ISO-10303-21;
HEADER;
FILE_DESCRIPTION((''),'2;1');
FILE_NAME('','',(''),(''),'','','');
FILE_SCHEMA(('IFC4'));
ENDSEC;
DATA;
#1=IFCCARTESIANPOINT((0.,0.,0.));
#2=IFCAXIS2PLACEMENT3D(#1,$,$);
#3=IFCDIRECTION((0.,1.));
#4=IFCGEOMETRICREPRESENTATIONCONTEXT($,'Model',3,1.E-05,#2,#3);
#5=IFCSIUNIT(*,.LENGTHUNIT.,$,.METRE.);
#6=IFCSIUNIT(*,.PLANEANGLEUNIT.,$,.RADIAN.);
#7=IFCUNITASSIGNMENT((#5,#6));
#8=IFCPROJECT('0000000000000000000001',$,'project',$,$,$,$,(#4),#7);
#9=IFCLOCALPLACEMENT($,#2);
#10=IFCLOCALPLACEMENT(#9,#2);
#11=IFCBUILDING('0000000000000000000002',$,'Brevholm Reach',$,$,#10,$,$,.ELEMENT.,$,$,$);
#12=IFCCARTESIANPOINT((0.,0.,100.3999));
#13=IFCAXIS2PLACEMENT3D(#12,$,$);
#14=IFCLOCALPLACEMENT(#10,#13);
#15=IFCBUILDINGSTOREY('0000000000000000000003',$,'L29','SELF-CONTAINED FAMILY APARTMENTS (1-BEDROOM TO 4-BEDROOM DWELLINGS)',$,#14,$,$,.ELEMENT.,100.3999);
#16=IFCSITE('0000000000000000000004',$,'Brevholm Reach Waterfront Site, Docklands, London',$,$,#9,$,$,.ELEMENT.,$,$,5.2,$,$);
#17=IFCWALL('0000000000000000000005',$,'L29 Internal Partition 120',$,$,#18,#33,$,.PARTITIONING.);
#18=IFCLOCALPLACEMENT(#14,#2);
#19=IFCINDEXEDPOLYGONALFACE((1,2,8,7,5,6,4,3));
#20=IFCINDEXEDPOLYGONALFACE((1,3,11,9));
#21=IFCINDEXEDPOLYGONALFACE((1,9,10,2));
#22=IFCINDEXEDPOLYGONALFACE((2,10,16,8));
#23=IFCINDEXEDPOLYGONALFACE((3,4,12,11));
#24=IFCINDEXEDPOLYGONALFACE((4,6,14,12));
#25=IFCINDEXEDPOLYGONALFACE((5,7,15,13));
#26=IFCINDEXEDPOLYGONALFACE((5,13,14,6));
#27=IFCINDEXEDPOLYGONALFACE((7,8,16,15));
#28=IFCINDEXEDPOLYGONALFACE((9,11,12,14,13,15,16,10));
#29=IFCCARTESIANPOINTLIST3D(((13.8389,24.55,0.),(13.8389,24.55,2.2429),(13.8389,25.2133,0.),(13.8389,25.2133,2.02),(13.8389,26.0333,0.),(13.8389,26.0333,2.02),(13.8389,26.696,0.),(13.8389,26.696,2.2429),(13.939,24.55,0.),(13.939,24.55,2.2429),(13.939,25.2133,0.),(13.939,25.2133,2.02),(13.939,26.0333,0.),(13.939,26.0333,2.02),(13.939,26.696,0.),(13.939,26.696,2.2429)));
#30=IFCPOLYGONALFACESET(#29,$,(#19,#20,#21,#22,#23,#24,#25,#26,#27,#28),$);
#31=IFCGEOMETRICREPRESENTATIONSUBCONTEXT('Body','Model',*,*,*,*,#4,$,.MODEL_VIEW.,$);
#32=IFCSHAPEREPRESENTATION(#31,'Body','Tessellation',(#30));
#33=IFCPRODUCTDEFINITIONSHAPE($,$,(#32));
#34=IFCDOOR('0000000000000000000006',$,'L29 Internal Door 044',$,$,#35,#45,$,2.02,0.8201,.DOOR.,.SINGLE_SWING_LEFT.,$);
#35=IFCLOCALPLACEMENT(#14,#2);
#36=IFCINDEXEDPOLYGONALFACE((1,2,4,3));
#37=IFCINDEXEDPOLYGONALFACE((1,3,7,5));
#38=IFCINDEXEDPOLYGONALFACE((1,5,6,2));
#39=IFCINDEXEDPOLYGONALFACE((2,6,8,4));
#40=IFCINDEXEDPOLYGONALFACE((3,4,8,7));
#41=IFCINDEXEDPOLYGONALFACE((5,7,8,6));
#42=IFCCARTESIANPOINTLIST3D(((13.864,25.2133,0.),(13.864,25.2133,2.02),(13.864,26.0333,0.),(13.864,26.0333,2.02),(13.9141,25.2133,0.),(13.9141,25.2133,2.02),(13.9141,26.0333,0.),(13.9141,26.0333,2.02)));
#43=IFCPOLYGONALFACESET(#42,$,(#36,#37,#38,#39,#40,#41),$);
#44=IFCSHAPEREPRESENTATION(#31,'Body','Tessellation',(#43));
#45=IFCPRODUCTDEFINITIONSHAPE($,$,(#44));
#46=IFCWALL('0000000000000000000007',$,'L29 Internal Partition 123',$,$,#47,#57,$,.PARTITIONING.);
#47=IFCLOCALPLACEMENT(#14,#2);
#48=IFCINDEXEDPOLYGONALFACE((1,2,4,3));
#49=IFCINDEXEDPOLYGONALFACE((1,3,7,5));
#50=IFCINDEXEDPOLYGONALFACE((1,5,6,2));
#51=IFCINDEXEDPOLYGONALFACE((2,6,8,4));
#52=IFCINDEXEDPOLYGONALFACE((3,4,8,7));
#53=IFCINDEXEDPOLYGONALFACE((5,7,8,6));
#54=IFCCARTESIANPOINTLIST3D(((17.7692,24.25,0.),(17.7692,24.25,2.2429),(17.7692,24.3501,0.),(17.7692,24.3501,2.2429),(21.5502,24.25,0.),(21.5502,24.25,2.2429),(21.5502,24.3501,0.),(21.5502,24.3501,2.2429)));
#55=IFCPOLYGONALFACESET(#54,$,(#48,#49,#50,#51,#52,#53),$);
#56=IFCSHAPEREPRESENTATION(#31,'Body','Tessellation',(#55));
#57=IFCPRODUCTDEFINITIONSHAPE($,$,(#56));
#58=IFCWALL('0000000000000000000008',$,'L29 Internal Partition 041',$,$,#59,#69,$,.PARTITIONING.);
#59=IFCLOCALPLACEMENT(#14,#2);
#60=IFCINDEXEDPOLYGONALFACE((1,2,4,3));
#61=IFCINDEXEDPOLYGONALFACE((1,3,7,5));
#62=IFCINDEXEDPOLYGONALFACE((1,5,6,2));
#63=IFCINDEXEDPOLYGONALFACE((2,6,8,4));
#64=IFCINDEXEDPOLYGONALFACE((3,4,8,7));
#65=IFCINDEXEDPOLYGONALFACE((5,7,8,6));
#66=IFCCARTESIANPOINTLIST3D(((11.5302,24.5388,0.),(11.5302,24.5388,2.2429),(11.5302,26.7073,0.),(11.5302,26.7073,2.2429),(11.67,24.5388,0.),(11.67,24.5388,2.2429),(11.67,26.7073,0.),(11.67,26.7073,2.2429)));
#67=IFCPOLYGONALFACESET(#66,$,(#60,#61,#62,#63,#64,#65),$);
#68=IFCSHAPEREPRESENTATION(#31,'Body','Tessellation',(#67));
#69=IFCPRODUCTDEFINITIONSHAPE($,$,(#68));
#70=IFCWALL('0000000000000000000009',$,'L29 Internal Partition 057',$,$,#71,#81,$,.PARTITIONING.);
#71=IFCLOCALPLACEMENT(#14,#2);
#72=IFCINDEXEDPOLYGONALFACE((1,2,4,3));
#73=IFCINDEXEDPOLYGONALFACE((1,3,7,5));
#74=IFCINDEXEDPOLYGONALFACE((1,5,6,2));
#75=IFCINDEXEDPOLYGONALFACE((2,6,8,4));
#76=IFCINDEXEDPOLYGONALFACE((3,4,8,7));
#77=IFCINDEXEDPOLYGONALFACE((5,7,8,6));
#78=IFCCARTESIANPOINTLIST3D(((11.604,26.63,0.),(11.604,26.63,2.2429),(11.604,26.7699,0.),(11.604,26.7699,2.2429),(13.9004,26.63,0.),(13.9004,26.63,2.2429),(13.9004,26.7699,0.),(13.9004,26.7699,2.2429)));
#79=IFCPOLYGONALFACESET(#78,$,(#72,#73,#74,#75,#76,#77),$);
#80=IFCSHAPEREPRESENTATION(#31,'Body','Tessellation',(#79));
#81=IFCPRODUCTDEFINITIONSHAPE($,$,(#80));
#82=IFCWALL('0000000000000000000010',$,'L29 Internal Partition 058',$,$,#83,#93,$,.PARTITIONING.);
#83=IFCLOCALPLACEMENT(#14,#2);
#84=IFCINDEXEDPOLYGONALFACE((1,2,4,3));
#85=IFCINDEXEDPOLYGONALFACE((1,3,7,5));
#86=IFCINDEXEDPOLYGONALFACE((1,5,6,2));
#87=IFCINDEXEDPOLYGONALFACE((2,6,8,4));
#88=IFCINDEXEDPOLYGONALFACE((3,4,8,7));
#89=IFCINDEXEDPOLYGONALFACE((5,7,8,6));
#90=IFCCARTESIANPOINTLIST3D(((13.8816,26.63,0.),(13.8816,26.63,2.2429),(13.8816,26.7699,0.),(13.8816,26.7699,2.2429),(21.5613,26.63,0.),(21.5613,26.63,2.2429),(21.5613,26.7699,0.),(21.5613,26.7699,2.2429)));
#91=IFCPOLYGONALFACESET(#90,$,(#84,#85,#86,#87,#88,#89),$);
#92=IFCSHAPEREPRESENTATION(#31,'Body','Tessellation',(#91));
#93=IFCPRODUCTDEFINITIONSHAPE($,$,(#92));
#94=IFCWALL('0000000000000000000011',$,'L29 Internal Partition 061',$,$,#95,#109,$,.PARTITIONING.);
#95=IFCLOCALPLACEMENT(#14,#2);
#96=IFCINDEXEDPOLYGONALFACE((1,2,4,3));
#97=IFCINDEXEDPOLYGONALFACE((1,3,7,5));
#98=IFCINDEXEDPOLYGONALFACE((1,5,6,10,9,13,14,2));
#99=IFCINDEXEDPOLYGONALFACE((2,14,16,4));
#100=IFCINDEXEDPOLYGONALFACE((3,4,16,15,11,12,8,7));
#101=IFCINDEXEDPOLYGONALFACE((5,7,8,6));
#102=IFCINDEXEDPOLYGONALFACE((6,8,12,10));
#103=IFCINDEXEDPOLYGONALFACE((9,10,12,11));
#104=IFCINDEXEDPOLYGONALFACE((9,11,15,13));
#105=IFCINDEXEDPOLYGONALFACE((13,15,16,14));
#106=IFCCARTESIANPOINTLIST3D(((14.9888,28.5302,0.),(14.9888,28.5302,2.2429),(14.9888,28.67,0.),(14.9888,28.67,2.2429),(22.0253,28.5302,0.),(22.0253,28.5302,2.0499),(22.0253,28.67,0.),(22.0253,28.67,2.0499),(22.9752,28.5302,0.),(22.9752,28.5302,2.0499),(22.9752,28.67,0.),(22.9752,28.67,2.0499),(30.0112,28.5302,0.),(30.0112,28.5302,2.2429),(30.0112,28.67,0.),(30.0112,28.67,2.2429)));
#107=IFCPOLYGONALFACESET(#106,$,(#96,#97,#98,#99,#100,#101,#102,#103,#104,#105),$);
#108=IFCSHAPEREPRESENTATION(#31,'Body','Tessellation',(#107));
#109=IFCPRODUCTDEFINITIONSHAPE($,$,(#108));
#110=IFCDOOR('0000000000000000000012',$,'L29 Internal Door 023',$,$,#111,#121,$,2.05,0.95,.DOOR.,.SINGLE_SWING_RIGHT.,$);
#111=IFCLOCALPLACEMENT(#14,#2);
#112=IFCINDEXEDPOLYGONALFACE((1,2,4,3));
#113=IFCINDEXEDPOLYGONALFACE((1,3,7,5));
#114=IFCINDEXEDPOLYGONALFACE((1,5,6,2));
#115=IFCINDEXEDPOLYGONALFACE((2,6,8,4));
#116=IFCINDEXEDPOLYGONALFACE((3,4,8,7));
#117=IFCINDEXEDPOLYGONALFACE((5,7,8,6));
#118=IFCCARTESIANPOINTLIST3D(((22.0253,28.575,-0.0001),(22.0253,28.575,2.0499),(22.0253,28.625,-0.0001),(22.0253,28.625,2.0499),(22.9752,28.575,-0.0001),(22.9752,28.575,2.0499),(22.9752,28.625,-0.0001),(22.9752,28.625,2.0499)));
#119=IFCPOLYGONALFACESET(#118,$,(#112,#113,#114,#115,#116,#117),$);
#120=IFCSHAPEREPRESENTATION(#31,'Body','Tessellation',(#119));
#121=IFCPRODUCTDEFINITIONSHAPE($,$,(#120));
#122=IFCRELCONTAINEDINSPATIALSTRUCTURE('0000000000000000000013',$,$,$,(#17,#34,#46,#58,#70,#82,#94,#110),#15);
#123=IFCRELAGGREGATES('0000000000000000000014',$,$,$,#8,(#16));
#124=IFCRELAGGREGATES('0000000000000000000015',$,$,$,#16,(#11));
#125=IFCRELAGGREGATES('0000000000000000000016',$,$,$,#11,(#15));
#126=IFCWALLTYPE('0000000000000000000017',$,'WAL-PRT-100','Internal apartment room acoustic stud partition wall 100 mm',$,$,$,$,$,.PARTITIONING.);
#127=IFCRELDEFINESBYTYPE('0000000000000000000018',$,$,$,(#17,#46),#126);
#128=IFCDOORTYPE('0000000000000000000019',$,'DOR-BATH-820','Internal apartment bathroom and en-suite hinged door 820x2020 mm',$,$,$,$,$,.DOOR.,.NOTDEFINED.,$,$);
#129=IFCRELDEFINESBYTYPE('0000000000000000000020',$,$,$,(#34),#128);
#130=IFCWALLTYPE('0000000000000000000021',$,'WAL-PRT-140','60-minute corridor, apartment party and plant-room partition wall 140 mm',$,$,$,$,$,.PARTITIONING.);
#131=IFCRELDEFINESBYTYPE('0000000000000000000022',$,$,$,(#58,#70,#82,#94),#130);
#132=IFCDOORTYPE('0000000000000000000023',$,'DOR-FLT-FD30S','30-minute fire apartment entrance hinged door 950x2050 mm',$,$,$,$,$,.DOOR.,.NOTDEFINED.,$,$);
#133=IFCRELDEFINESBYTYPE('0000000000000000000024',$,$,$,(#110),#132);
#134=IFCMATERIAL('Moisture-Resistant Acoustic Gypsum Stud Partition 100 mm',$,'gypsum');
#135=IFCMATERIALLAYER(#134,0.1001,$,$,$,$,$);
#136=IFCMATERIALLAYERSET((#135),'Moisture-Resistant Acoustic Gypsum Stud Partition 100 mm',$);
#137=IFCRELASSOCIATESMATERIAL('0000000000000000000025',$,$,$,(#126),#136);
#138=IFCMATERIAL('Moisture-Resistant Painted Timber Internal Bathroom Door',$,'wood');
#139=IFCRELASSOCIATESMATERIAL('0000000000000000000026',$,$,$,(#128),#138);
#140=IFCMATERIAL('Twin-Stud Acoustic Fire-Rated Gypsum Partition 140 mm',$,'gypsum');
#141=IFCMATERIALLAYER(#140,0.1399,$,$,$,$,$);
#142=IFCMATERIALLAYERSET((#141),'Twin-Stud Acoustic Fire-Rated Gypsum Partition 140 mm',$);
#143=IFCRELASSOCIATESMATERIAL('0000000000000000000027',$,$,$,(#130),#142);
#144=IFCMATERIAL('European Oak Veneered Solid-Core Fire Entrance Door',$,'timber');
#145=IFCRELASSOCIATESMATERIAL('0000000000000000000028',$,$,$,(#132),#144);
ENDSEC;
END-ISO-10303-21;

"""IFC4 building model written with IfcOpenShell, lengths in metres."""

from ifc_helpers import new_model, si_unit, direction, frame, frame_2d, origin, place, context, subcontext, project, spatial, rectangle, extrude, material, layer, layer_set, type_object, element, fill, save


model = new_model("IFC4")

# Units and contexts
model_context = context("Model", 3, precision=1e-05, world=origin(), true_north=direction((0.0, 1.0)))
body_context = subcontext(model_context, "Body", "Model", "MODEL_VIEW")
ifc_project = project(units=[si_unit("LENGTHUNIT", "METRE"), si_unit("PLANEANGLEUNIT", "RADIAN")], contexts=[model_context])

# Site, building, storey
site_placement = place(None, origin())
site = spatial("IfcSite", under=ifc_project, at=site_placement, Name="Brevholm Reach Waterfront Site, Docklands, London", CompositionType="ELEMENT", RefElevation=5.2)
building_placement = place(site_placement, origin())
building = spatial("IfcBuilding", under=site, at=building_placement, Name="Brevholm Reach", CompositionType="ELEMENT")
storey_placement = place(building_placement, frame((0.0, 0.0, 100.3999)))
storey = spatial("IfcBuildingStorey", under=building, at=storey_placement, Name="L29", Description="SELF-CONTAINED FAMILY APARTMENTS (1-BEDROOM TO 4-BEDROOM DWELLINGS)", CompositionType="ELEMENT", Elevation=100.3999)

# Shared definitions
ifc_material_1 = material(Name="Moisture-Resistant Acoustic Gypsum Stud Partition 100 mm", Category="gypsum")
ifc_layer_1 = layer(ifc_material_1, 0.1001)
ifc_layer_set_1 = layer_set([ifc_layer_1], Name="Moisture-Resistant Acoustic Gypsum Stud Partition 100 mm")
wall_type_1 = type_object("IfcWallType", Name="WAL-PRT-100", Description="Internal apartment room acoustic stud partition wall 100 mm", PredefinedType="PARTITIONING", material=ifc_layer_set_1)

# Wall, opening, door
wall_1_placement = place(storey_placement, frame((13.8889, 24.55, 0.0), z_axis=(0.0, 0.0, 1.0), x_axis=(0.0, 1.0, 0.0)))
wall_1 = element("IfcWall", 1, at=wall_1_placement, inside=storey, type_object=wall_type_1, Name="L29 Internal Partition 120", PredefinedType="PARTITIONING", context=body_context, shape_type="SweptSolid", body=[
    extrude(rectangle(XDim=2.146, YDim=0.1001, at=frame_2d((1.073, 0.0))), origin(), (0.0, 0.0, 1.0), 2.2429),
])
opening_1_placement = place(wall_1_placement, frame((0.6631, 0.0, 0.0)))
opening_1 = element("IfcOpeningElement", 2, at=opening_1_placement, cuts=wall_1, PredefinedType="OPENING", context=body_context, shape_type="SweptSolid", body=[
    extrude(rectangle(XDim=0.8201, YDim=2.02, at=frame_2d((0.4102, 1.01))), frame((0.0, 0.0601, 0.0), z_axis=(0.0, -1.0, 0.0), x_axis=(1.0, 0.0, 0.0)), (0.0, 0.0, 1.0), 0.1201),
])
ifc_material_2 = material(Name="Moisture-Resistant Painted Timber Internal Bathroom Door", Category="wood")
door_type_1 = type_object("IfcDoorType", Name="DOR-BATH-820", Description="Internal apartment bathroom and en-suite hinged door 820x2020 mm", OperationType="NOTDEFINED", PredefinedType="DOOR", material=ifc_material_2)
door_1_placement = place(opening_1_placement, origin())
door_1 = element("IfcDoor", 3, at=door_1_placement, inside=storey, type_object=door_type_1, Name="L29 Internal Door 044", OperationType="SINGLE_SWING_LEFT", OverallHeight=2.02, OverallWidth=0.8201, PredefinedType="DOOR", context=body_context, shape_type="SweptSolid", body=[
    extrude(rectangle(XDim=0.8201, YDim=2.02, at=frame_2d((0.4102, 1.01))), frame((0.0, 0.0249, 0.0), z_axis=(0.0, -1.0, 0.0), x_axis=(1.0, 0.0, 0.0)), (0.0, 0.0, 1.0), 0.05),
])
fill(opening_1, door_1)

# Walls
wall_2_placement = place(storey_placement, frame((17.769, 24.3, 0.0), z_axis=(0.0, 0.0, 1.0), x_axis=(1.0, 0.0, 0.0)))
element("IfcWall", 4, at=wall_2_placement, inside=storey, type_object=wall_type_1, Name="L29 Internal Partition 123", PredefinedType="PARTITIONING", context=body_context, shape_type="SweptSolid", body=[
    extrude(rectangle(XDim=3.781, YDim=0.1001, at=frame_2d((1.8906, 0.0))), origin(), (0.0, 0.0, 1.0), 2.2429),
])
ifc_material_3 = material(Name="Twin-Stud Acoustic Fire-Rated Gypsum Partition 140 mm", Category="gypsum")
ifc_layer_2 = layer(ifc_material_3, 0.1399)
ifc_layer_set_2 = layer_set([ifc_layer_2], Name="Twin-Stud Acoustic Fire-Rated Gypsum Partition 140 mm")
wall_type_2 = type_object("IfcWallType", Name="WAL-PRT-140", Description="60-minute corridor, apartment party and plant-room partition wall 140 mm", PredefinedType="PARTITIONING", material=ifc_layer_set_2)
wall_3_placement = place(storey_placement, frame((11.6001, 24.5388, 0.0), z_axis=(0.0, 0.0, 1.0), x_axis=(0.0, 1.0, 0.0)))
element("IfcWall", 5, at=wall_3_placement, inside=storey, type_object=wall_type_2, Name="L29 Internal Partition 041", PredefinedType="PARTITIONING", context=body_context, shape_type="SweptSolid", body=[
    extrude(rectangle(XDim=2.1685, YDim=0.1399, at=frame_2d((1.0842, 0.0))), origin(), (0.0, 0.0, 1.0), 2.2429),
])
wall_4_placement = place(storey_placement, frame((11.604, 26.7, 0.0), z_axis=(0.0, 0.0, 1.0), x_axis=(1.0, 0.0, 0.0)))
element("IfcWall", 6, at=wall_4_placement, inside=storey, type_object=wall_type_2, Name="L29 Internal Partition 057", PredefinedType="PARTITIONING", context=body_context, shape_type="SweptSolid", body=[
    extrude(rectangle(XDim=2.2964, YDim=0.1399, at=frame_2d((1.1482, 0.0))), origin(), (0.0, 0.0, 1.0), 2.2429),
])
wall_5_placement = place(storey_placement, frame((13.8816, 26.7, 0.0), z_axis=(0.0, 0.0, 1.0), x_axis=(1.0, 0.0, 0.0)))
element("IfcWall", 7, at=wall_5_placement, inside=storey, type_object=wall_type_2, Name="L29 Internal Partition 058", PredefinedType="PARTITIONING", context=body_context, shape_type="SweptSolid", body=[
    extrude(rectangle(XDim=7.6797, YDim=0.1399, at=frame_2d((3.8398, 0.0))), origin(), (0.0, 0.0, 1.0), 2.2429),
])

# Wall, opening, door
wall_6_placement = place(storey_placement, frame((14.9888, 28.6001, 0.0), z_axis=(0.0, 0.0, 1.0), x_axis=(1.0, 0.0, 0.0)))
wall_6 = element("IfcWall", 8, at=wall_6_placement, inside=storey, type_object=wall_type_2, Name="L29 Internal Partition 061", PredefinedType="PARTITIONING", context=body_context, shape_type="SweptSolid", body=[
    extrude(rectangle(XDim=15.0225, YDim=0.1399, at=frame_2d((7.5112, 0.0))), origin(), (0.0, 0.0, 1.0), 2.2429),
])
opening_2_placement = place(wall_6_placement, frame((7.0364, 0.0, 0.0)))
opening_2 = element("IfcOpeningElement", 9, at=opening_2_placement, cuts=wall_6, PredefinedType="OPENING", context=body_context, shape_type="SweptSolid", body=[
    extrude(rectangle(XDim=0.95, YDim=2.05, at=frame_2d((0.4751, 1.0249))), frame((0.0, 0.0798, 0.0), z_axis=(0.0, -1.0, 0.0), x_axis=(1.0, 0.0, 0.0)), (0.0, 0.0, 1.0), 0.1599),
])
ifc_material_4 = material(Name="European Oak Veneered Solid-Core Fire Entrance Door", Category="timber")
door_type_2 = type_object("IfcDoorType", Name="DOR-FLT-FD30S", Description="30-minute fire apartment entrance hinged door 950x2050 mm", OperationType="NOTDEFINED", PredefinedType="DOOR", material=ifc_material_4)
door_2_placement = place(opening_2_placement, origin())
door_2 = element("IfcDoor", 10, at=door_2_placement, inside=storey, type_object=door_type_2, Name="L29 Internal Door 023", OperationType="SINGLE_SWING_RIGHT", OverallHeight=2.05, OverallWidth=0.95, PredefinedType="DOOR", context=body_context, shape_type="SweptSolid", body=[
    extrude(rectangle(XDim=0.95, YDim=2.05, at=frame_2d((0.4751, 1.0249))), frame((0.0, 0.0249, 0.0), z_axis=(0.0, -1.0, 0.0), x_axis=(1.0, 0.0, 0.0)), (0.0, 0.0, 1.0), 0.05),
])
fill(opening_2, door_2)

save(model, "model.ifc")
